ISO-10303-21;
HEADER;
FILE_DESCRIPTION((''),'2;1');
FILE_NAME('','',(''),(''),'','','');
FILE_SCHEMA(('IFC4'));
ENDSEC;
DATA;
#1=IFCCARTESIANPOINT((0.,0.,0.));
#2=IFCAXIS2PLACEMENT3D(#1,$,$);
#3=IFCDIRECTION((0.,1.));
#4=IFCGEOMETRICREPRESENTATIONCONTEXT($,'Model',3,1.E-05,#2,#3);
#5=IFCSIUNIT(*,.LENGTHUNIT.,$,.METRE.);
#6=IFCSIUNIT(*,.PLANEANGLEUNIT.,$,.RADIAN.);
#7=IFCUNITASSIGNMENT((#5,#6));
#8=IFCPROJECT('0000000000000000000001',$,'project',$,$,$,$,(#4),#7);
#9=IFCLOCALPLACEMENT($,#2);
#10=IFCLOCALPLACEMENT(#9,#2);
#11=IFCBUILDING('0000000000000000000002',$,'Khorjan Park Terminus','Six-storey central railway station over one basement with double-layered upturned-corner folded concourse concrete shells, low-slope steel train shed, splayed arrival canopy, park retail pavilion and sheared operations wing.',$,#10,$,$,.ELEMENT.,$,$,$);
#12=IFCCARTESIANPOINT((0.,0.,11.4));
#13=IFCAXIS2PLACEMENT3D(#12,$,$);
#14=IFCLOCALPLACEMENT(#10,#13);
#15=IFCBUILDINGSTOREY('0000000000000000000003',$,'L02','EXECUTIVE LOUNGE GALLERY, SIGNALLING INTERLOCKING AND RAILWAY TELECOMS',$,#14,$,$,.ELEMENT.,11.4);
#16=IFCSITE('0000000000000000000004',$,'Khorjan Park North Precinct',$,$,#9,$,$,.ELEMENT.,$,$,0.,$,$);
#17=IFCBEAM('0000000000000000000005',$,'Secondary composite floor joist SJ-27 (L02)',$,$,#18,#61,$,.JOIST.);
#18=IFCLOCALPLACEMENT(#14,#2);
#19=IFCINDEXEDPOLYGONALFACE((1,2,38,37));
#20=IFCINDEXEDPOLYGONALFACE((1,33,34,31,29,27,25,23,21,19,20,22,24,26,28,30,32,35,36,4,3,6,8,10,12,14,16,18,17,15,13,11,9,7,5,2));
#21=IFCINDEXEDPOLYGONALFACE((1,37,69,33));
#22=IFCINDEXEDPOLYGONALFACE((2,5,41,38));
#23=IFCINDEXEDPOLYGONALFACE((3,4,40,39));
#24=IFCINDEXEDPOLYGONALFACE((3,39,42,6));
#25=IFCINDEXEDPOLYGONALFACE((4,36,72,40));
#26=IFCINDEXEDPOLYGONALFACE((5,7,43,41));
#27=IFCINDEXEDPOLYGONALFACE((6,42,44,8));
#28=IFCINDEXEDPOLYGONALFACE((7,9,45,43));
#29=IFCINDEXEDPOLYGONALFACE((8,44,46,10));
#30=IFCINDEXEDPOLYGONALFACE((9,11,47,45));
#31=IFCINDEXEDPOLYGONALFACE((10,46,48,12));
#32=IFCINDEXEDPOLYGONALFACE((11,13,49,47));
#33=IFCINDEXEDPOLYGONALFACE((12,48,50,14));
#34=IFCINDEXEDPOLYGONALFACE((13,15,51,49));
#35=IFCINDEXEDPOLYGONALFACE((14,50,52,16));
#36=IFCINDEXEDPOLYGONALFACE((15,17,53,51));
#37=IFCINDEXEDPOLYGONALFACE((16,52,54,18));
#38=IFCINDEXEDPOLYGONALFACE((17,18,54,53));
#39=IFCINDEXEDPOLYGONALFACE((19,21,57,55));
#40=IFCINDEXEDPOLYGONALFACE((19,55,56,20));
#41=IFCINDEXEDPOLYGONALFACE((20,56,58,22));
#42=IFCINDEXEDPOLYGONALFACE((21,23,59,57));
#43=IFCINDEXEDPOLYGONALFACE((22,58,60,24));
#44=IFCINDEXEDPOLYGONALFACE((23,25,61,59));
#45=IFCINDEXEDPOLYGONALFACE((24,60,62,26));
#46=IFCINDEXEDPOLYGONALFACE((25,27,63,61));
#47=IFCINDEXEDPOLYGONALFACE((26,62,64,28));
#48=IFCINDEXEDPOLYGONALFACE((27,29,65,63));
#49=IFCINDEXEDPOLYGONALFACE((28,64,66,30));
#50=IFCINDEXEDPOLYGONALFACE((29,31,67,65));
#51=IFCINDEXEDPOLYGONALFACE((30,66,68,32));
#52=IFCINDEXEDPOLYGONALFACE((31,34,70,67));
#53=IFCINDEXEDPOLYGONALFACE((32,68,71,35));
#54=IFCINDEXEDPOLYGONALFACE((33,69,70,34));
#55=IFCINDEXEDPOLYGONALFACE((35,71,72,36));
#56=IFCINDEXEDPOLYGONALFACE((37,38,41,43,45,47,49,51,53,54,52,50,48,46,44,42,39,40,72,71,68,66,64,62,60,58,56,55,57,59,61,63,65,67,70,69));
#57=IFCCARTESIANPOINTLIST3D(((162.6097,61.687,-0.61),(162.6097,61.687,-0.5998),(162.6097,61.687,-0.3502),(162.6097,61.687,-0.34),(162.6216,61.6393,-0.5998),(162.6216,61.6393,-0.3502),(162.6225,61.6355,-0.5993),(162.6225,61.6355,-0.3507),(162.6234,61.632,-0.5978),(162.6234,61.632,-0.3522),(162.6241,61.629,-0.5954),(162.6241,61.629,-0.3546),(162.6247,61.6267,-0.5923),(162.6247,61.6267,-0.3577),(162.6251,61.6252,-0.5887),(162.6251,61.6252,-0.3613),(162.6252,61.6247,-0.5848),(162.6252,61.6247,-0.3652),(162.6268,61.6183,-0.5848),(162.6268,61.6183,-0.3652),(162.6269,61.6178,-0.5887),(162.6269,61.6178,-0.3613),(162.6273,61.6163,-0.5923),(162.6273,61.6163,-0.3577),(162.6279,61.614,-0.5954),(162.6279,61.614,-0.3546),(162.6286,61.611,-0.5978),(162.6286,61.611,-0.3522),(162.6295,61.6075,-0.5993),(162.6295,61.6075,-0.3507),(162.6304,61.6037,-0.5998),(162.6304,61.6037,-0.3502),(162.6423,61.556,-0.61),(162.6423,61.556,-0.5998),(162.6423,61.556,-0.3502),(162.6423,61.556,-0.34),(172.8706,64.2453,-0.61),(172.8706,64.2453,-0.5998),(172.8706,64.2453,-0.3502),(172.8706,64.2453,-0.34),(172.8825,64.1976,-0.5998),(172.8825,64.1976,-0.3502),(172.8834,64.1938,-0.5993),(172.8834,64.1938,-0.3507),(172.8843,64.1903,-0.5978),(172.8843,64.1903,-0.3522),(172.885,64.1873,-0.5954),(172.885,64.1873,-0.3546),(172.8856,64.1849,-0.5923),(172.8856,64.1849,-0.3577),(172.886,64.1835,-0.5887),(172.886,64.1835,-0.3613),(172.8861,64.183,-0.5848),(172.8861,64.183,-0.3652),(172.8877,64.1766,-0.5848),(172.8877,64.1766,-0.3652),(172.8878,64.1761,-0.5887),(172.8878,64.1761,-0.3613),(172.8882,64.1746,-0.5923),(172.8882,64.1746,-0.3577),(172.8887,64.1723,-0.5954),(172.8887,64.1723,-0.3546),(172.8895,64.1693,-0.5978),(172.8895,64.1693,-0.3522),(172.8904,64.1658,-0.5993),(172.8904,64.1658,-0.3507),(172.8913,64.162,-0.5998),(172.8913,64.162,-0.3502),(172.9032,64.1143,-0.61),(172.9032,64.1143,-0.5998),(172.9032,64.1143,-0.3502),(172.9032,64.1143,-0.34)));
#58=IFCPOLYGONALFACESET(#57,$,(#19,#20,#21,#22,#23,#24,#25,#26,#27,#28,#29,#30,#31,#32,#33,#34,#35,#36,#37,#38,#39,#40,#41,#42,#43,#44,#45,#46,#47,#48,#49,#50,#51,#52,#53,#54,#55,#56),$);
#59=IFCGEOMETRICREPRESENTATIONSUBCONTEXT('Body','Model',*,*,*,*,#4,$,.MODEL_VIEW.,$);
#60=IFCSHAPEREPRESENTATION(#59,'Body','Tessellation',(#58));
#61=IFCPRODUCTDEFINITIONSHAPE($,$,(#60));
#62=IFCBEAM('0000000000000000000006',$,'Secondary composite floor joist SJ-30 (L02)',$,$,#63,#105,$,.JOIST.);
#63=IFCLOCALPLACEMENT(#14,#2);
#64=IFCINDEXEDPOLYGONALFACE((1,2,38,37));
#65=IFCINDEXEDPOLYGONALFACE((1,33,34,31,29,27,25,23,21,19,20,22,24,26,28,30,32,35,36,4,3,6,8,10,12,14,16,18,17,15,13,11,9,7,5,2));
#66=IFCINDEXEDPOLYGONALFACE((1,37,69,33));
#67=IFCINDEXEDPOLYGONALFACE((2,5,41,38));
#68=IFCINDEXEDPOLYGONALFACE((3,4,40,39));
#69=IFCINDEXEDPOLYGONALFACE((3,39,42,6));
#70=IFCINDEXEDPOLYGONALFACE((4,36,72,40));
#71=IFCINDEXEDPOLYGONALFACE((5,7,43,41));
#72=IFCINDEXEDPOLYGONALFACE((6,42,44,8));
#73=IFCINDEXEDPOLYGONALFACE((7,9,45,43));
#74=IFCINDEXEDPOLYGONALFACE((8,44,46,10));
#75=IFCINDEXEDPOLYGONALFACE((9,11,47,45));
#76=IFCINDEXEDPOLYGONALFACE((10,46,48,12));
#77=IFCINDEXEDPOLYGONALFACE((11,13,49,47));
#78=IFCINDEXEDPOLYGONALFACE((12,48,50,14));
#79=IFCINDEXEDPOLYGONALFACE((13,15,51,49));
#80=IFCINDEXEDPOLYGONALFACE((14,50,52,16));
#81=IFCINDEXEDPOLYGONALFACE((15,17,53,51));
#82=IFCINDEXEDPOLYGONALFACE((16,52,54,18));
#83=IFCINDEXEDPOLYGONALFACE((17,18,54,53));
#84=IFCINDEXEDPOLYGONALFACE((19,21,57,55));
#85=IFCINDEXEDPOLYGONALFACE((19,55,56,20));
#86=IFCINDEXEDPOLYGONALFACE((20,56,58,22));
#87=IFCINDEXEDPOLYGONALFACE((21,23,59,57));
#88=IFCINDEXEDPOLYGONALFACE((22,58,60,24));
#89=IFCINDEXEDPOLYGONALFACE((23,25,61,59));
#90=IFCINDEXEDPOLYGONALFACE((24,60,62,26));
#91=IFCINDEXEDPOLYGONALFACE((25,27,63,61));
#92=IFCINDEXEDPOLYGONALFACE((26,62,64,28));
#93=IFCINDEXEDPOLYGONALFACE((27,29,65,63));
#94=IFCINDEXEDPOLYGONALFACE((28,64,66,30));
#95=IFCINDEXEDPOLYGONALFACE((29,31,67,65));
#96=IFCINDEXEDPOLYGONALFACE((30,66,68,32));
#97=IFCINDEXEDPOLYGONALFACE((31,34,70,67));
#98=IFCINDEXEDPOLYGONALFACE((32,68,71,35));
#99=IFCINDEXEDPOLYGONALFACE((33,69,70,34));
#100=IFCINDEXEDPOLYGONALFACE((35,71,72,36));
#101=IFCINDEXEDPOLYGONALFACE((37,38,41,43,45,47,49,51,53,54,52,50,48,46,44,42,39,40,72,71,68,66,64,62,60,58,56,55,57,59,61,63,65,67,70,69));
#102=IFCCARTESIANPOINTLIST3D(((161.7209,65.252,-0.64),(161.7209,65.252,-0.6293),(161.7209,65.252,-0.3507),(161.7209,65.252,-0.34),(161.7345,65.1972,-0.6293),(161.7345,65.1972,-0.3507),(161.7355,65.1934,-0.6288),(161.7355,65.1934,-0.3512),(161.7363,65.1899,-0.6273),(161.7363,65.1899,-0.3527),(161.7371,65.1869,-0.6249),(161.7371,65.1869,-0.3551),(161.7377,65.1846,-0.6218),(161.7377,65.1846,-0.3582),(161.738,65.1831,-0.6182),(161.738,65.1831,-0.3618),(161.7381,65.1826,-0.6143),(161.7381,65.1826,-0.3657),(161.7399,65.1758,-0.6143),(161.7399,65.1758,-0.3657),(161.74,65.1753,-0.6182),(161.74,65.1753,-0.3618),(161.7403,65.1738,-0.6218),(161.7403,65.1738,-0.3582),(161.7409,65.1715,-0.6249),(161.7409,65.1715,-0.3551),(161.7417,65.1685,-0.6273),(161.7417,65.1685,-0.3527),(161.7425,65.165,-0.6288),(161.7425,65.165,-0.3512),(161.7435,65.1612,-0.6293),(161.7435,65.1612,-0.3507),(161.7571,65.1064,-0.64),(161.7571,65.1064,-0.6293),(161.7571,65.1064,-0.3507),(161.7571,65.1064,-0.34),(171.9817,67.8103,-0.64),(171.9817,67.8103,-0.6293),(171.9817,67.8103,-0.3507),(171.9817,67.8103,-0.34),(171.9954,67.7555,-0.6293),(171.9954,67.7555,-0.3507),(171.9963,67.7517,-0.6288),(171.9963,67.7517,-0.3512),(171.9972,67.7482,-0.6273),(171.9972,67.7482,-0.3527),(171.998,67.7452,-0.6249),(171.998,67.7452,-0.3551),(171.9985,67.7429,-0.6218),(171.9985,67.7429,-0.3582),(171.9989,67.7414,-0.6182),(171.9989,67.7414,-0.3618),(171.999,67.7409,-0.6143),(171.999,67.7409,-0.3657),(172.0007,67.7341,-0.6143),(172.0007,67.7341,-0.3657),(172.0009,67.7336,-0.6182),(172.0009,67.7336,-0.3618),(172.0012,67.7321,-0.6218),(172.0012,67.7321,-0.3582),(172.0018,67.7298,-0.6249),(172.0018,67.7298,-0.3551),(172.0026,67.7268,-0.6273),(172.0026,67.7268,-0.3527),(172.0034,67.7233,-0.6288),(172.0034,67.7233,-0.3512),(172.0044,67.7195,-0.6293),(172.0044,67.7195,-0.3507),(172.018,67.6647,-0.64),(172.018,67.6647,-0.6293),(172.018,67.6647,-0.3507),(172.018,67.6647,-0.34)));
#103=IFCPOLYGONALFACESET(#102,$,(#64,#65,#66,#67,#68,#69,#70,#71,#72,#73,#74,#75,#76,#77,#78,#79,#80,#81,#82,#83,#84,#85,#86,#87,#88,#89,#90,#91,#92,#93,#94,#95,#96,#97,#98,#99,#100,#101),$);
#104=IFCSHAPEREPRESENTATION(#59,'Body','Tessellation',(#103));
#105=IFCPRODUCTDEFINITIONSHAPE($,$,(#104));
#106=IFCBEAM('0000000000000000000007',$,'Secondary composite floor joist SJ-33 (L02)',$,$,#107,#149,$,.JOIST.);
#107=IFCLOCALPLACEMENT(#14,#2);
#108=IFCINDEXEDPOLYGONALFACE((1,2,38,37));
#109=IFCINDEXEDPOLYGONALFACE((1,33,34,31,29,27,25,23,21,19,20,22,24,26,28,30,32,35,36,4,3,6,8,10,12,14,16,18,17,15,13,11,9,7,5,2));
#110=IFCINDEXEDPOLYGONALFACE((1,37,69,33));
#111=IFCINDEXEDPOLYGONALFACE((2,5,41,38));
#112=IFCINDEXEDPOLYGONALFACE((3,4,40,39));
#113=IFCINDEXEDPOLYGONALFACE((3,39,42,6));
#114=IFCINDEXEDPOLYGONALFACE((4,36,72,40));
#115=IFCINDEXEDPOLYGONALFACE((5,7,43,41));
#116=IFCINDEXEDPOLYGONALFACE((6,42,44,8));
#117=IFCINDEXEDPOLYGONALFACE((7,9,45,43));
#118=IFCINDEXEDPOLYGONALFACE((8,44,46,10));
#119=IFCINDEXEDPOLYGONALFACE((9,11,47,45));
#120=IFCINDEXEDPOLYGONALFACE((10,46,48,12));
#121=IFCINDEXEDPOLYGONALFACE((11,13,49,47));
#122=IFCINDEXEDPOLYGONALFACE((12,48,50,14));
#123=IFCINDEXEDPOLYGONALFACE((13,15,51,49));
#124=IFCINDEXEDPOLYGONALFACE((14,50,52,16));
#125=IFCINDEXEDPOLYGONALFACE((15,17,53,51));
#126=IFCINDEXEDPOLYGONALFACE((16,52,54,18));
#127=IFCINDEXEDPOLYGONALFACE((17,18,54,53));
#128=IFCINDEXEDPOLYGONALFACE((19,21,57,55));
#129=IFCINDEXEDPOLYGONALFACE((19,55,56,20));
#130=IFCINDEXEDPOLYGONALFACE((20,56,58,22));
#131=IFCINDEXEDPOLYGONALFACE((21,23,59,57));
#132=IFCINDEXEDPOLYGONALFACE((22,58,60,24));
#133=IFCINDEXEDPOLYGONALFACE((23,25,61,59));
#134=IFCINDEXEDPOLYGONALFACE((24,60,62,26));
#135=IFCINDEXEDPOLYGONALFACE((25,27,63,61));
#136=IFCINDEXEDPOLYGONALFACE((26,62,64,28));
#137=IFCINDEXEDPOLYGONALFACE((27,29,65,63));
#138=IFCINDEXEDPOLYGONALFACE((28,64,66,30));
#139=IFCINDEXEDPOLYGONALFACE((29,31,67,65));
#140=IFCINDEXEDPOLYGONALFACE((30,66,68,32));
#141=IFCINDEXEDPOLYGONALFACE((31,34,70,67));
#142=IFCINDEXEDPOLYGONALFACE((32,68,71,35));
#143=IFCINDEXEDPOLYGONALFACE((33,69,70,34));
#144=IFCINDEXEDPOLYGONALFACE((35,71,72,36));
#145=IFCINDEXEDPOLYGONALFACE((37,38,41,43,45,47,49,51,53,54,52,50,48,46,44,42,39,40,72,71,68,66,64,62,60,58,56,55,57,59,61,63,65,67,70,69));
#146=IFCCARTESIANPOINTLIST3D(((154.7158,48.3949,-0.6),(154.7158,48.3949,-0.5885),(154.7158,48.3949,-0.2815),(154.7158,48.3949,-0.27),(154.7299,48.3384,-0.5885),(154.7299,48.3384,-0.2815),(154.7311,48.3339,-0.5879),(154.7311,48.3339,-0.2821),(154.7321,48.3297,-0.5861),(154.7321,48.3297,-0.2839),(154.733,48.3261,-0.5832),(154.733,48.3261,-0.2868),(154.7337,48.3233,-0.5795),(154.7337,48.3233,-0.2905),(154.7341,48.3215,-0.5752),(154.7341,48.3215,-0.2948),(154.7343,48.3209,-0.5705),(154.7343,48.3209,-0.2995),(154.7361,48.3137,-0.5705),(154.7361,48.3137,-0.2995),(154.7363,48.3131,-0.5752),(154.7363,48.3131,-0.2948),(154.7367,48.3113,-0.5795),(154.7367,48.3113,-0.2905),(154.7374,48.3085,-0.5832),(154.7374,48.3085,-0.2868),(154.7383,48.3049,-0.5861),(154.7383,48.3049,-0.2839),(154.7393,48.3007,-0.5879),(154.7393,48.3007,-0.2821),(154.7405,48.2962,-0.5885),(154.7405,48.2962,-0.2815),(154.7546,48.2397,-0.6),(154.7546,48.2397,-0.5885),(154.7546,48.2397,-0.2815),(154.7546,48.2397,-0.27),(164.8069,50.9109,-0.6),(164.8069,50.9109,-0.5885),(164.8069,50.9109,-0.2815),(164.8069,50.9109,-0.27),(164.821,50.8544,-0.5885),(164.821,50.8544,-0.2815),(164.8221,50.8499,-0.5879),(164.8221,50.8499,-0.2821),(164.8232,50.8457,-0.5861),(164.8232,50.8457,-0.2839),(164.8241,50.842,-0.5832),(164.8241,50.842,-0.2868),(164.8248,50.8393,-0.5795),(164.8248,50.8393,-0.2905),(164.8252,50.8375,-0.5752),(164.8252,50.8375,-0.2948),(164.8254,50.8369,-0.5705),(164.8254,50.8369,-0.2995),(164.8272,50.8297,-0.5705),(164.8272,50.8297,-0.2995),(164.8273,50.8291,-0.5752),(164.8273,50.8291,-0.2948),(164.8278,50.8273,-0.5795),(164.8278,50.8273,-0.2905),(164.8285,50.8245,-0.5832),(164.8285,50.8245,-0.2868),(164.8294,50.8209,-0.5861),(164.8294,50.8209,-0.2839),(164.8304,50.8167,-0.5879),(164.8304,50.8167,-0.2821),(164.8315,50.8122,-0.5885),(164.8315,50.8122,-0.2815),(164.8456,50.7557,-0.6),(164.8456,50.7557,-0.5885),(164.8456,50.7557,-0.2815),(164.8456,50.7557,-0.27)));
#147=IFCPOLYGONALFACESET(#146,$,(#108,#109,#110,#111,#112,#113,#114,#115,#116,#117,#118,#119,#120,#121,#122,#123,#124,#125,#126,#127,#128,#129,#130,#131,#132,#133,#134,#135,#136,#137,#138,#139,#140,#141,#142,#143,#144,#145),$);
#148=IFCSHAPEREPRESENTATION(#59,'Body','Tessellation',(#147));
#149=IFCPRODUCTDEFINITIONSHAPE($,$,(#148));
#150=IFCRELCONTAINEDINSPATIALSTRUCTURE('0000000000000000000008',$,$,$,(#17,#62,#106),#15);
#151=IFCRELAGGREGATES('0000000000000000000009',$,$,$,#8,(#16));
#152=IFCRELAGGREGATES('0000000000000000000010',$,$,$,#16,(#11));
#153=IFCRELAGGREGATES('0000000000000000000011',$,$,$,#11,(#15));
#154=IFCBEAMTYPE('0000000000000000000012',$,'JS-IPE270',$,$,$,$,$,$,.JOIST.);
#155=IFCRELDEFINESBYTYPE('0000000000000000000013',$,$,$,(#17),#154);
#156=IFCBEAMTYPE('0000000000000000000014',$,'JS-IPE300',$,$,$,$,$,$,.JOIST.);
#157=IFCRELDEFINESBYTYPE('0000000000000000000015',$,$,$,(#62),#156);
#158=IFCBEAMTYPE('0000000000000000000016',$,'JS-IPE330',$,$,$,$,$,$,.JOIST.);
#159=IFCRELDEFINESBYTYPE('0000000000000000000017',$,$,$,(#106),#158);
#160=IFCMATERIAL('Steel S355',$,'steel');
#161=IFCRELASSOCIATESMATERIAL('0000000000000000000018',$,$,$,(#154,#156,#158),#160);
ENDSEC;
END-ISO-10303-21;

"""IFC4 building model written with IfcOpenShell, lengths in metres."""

from ifc_helpers import new_model, si_unit, direction, frame, origin, origin_2d, place, context, subcontext, project, spatial, i_section, extrude, material, material_profile, profile_set, type_object, element, save


model = new_model("IFC4")

# Units and contexts
model_context = context("Model", 3, precision=1e-05, world=origin(), true_north=direction((0.0, 1.0)))
body_context = subcontext(model_context, "Body", "Model", "MODEL_VIEW")
ifc_project = project(units=[si_unit("LENGTHUNIT", "METRE"), si_unit("PLANEANGLEUNIT", "RADIAN")], contexts=[model_context])

# Site, building, storey
site_placement = place(None, origin())
site = spatial("IfcSite", under=ifc_project, at=site_placement, Name="Khorjan Park North Precinct", CompositionType="ELEMENT", RefElevation=0.0)
building_placement = place(site_placement, origin())
building = spatial("IfcBuilding", under=site, at=building_placement, Name="Khorjan Park Terminus", Description="Six-storey central railway station over one basement with double-layered upturned-corner folded concourse concrete shells, low-slope steel train shed, splayed arrival canopy, park retail pavilion and sheared operations wing.", CompositionType="ELEMENT")
storey_placement = place(building_placement, frame((0.0, 0.0, 11.4)))
storey = spatial("IfcBuildingStorey", under=building, at=storey_placement, Name="L02", Description="EXECUTIVE LOUNGE GALLERY, SIGNALLING INTERLOCKING AND RAILWAY TELECOMS", CompositionType="ELEMENT", Elevation=11.4)

# Beams
ifc_material_1 = material(Name="Steel S355", Category="steel")
ifc_material_profile_1 = material_profile(ifc_material_1, i_section(OverallWidth=0.135, OverallDepth=0.27, WebThickness=0.0066, FlangeThickness=0.0102, FilletRadius=0.015, at=origin_2d()), Name="IPE 270")
ifc_profile_set_1 = profile_set([ifc_material_profile_1], Name="Steel S355")
beam_type_1 = type_object("IfcBeamType", Name="JS-IPE270", PredefinedType="JOIST", material=ifc_profile_set_1)
beam_1_placement = place(storey_placement, frame((162.626, 61.6215, -0.475), z_axis=(0.970296, 0.241919, 0.0), x_axis=(-0.241919, 0.970296, 0.0)))
element("IfcBeam", 1, at=beam_1_placement, inside=storey, type_object=beam_type_1, Name="Secondary composite floor joist SJ-27 (L02)", PredefinedType="JOIST", context=body_context, shape_type="SweptSolid", body=[
    extrude(i_section(OverallWidth=0.135, OverallDepth=0.27, WebThickness=0.0066, FlangeThickness=0.0102, FilletRadius=0.015, at=origin_2d()), origin(), (0.0, 0.0, 1.0), 10.575),
])
ifc_material_profile_2 = material_profile(ifc_material_1, i_section(OverallWidth=0.15, OverallDepth=0.3, WebThickness=0.0071, FlangeThickness=0.0107, FilletRadius=0.015, at=origin_2d()), Name="IPE 300")
ifc_profile_set_2 = profile_set([ifc_material_profile_2], Name="Steel S355")
beam_type_2 = type_object("IfcBeamType", Name="JS-IPE300", PredefinedType="JOIST", material=ifc_profile_set_2)
beam_2_placement = place(storey_placement, frame((161.739, 65.1792, -0.49), z_axis=(0.970296, 0.241919, 0.0), x_axis=(-0.241919, 0.970296, 0.0)))
element("IfcBeam", 2, at=beam_2_placement, inside=storey, type_object=beam_type_2, Name="Secondary composite floor joist SJ-30 (L02)", PredefinedType="JOIST", context=body_context, shape_type="SweptSolid", body=[
    extrude(i_section(OverallWidth=0.15, OverallDepth=0.3, WebThickness=0.0071, FlangeThickness=0.0107, FilletRadius=0.015, at=origin_2d()), origin(), (0.0, 0.0, 1.0), 10.575),
])
ifc_material_profile_3 = material_profile(ifc_material_1, i_section(OverallWidth=0.16, OverallDepth=0.33, WebThickness=0.0075, FlangeThickness=0.0115, FilletRadius=0.018, at=origin_2d()), Name="IPE 330")
ifc_profile_set_3 = profile_set([ifc_material_profile_3], Name="Steel S355")
beam_type_3 = type_object("IfcBeamType", Name="JS-IPE330", PredefinedType="JOIST", material=ifc_profile_set_3)
beam_3_placement = place(storey_placement, frame((154.7352, 48.3173, -0.435), z_axis=(0.970296, 0.241922, 0.0), x_axis=(-0.241922, 0.970296, 0.0)))
element("IfcBeam", 3, at=beam_3_placement, inside=storey, type_object=beam_type_3, Name="Secondary composite floor joist SJ-33 (L02)", PredefinedType="JOIST", context=body_context, shape_type="SweptSolid", body=[
    extrude(i_section(OverallWidth=0.16, OverallDepth=0.33, WebThickness=0.0075, FlangeThickness=0.0115, FilletRadius=0.018, at=origin_2d()), origin(), (0.0, 0.0, 1.0), 10.4),
])

save(model, "model.ifc")
